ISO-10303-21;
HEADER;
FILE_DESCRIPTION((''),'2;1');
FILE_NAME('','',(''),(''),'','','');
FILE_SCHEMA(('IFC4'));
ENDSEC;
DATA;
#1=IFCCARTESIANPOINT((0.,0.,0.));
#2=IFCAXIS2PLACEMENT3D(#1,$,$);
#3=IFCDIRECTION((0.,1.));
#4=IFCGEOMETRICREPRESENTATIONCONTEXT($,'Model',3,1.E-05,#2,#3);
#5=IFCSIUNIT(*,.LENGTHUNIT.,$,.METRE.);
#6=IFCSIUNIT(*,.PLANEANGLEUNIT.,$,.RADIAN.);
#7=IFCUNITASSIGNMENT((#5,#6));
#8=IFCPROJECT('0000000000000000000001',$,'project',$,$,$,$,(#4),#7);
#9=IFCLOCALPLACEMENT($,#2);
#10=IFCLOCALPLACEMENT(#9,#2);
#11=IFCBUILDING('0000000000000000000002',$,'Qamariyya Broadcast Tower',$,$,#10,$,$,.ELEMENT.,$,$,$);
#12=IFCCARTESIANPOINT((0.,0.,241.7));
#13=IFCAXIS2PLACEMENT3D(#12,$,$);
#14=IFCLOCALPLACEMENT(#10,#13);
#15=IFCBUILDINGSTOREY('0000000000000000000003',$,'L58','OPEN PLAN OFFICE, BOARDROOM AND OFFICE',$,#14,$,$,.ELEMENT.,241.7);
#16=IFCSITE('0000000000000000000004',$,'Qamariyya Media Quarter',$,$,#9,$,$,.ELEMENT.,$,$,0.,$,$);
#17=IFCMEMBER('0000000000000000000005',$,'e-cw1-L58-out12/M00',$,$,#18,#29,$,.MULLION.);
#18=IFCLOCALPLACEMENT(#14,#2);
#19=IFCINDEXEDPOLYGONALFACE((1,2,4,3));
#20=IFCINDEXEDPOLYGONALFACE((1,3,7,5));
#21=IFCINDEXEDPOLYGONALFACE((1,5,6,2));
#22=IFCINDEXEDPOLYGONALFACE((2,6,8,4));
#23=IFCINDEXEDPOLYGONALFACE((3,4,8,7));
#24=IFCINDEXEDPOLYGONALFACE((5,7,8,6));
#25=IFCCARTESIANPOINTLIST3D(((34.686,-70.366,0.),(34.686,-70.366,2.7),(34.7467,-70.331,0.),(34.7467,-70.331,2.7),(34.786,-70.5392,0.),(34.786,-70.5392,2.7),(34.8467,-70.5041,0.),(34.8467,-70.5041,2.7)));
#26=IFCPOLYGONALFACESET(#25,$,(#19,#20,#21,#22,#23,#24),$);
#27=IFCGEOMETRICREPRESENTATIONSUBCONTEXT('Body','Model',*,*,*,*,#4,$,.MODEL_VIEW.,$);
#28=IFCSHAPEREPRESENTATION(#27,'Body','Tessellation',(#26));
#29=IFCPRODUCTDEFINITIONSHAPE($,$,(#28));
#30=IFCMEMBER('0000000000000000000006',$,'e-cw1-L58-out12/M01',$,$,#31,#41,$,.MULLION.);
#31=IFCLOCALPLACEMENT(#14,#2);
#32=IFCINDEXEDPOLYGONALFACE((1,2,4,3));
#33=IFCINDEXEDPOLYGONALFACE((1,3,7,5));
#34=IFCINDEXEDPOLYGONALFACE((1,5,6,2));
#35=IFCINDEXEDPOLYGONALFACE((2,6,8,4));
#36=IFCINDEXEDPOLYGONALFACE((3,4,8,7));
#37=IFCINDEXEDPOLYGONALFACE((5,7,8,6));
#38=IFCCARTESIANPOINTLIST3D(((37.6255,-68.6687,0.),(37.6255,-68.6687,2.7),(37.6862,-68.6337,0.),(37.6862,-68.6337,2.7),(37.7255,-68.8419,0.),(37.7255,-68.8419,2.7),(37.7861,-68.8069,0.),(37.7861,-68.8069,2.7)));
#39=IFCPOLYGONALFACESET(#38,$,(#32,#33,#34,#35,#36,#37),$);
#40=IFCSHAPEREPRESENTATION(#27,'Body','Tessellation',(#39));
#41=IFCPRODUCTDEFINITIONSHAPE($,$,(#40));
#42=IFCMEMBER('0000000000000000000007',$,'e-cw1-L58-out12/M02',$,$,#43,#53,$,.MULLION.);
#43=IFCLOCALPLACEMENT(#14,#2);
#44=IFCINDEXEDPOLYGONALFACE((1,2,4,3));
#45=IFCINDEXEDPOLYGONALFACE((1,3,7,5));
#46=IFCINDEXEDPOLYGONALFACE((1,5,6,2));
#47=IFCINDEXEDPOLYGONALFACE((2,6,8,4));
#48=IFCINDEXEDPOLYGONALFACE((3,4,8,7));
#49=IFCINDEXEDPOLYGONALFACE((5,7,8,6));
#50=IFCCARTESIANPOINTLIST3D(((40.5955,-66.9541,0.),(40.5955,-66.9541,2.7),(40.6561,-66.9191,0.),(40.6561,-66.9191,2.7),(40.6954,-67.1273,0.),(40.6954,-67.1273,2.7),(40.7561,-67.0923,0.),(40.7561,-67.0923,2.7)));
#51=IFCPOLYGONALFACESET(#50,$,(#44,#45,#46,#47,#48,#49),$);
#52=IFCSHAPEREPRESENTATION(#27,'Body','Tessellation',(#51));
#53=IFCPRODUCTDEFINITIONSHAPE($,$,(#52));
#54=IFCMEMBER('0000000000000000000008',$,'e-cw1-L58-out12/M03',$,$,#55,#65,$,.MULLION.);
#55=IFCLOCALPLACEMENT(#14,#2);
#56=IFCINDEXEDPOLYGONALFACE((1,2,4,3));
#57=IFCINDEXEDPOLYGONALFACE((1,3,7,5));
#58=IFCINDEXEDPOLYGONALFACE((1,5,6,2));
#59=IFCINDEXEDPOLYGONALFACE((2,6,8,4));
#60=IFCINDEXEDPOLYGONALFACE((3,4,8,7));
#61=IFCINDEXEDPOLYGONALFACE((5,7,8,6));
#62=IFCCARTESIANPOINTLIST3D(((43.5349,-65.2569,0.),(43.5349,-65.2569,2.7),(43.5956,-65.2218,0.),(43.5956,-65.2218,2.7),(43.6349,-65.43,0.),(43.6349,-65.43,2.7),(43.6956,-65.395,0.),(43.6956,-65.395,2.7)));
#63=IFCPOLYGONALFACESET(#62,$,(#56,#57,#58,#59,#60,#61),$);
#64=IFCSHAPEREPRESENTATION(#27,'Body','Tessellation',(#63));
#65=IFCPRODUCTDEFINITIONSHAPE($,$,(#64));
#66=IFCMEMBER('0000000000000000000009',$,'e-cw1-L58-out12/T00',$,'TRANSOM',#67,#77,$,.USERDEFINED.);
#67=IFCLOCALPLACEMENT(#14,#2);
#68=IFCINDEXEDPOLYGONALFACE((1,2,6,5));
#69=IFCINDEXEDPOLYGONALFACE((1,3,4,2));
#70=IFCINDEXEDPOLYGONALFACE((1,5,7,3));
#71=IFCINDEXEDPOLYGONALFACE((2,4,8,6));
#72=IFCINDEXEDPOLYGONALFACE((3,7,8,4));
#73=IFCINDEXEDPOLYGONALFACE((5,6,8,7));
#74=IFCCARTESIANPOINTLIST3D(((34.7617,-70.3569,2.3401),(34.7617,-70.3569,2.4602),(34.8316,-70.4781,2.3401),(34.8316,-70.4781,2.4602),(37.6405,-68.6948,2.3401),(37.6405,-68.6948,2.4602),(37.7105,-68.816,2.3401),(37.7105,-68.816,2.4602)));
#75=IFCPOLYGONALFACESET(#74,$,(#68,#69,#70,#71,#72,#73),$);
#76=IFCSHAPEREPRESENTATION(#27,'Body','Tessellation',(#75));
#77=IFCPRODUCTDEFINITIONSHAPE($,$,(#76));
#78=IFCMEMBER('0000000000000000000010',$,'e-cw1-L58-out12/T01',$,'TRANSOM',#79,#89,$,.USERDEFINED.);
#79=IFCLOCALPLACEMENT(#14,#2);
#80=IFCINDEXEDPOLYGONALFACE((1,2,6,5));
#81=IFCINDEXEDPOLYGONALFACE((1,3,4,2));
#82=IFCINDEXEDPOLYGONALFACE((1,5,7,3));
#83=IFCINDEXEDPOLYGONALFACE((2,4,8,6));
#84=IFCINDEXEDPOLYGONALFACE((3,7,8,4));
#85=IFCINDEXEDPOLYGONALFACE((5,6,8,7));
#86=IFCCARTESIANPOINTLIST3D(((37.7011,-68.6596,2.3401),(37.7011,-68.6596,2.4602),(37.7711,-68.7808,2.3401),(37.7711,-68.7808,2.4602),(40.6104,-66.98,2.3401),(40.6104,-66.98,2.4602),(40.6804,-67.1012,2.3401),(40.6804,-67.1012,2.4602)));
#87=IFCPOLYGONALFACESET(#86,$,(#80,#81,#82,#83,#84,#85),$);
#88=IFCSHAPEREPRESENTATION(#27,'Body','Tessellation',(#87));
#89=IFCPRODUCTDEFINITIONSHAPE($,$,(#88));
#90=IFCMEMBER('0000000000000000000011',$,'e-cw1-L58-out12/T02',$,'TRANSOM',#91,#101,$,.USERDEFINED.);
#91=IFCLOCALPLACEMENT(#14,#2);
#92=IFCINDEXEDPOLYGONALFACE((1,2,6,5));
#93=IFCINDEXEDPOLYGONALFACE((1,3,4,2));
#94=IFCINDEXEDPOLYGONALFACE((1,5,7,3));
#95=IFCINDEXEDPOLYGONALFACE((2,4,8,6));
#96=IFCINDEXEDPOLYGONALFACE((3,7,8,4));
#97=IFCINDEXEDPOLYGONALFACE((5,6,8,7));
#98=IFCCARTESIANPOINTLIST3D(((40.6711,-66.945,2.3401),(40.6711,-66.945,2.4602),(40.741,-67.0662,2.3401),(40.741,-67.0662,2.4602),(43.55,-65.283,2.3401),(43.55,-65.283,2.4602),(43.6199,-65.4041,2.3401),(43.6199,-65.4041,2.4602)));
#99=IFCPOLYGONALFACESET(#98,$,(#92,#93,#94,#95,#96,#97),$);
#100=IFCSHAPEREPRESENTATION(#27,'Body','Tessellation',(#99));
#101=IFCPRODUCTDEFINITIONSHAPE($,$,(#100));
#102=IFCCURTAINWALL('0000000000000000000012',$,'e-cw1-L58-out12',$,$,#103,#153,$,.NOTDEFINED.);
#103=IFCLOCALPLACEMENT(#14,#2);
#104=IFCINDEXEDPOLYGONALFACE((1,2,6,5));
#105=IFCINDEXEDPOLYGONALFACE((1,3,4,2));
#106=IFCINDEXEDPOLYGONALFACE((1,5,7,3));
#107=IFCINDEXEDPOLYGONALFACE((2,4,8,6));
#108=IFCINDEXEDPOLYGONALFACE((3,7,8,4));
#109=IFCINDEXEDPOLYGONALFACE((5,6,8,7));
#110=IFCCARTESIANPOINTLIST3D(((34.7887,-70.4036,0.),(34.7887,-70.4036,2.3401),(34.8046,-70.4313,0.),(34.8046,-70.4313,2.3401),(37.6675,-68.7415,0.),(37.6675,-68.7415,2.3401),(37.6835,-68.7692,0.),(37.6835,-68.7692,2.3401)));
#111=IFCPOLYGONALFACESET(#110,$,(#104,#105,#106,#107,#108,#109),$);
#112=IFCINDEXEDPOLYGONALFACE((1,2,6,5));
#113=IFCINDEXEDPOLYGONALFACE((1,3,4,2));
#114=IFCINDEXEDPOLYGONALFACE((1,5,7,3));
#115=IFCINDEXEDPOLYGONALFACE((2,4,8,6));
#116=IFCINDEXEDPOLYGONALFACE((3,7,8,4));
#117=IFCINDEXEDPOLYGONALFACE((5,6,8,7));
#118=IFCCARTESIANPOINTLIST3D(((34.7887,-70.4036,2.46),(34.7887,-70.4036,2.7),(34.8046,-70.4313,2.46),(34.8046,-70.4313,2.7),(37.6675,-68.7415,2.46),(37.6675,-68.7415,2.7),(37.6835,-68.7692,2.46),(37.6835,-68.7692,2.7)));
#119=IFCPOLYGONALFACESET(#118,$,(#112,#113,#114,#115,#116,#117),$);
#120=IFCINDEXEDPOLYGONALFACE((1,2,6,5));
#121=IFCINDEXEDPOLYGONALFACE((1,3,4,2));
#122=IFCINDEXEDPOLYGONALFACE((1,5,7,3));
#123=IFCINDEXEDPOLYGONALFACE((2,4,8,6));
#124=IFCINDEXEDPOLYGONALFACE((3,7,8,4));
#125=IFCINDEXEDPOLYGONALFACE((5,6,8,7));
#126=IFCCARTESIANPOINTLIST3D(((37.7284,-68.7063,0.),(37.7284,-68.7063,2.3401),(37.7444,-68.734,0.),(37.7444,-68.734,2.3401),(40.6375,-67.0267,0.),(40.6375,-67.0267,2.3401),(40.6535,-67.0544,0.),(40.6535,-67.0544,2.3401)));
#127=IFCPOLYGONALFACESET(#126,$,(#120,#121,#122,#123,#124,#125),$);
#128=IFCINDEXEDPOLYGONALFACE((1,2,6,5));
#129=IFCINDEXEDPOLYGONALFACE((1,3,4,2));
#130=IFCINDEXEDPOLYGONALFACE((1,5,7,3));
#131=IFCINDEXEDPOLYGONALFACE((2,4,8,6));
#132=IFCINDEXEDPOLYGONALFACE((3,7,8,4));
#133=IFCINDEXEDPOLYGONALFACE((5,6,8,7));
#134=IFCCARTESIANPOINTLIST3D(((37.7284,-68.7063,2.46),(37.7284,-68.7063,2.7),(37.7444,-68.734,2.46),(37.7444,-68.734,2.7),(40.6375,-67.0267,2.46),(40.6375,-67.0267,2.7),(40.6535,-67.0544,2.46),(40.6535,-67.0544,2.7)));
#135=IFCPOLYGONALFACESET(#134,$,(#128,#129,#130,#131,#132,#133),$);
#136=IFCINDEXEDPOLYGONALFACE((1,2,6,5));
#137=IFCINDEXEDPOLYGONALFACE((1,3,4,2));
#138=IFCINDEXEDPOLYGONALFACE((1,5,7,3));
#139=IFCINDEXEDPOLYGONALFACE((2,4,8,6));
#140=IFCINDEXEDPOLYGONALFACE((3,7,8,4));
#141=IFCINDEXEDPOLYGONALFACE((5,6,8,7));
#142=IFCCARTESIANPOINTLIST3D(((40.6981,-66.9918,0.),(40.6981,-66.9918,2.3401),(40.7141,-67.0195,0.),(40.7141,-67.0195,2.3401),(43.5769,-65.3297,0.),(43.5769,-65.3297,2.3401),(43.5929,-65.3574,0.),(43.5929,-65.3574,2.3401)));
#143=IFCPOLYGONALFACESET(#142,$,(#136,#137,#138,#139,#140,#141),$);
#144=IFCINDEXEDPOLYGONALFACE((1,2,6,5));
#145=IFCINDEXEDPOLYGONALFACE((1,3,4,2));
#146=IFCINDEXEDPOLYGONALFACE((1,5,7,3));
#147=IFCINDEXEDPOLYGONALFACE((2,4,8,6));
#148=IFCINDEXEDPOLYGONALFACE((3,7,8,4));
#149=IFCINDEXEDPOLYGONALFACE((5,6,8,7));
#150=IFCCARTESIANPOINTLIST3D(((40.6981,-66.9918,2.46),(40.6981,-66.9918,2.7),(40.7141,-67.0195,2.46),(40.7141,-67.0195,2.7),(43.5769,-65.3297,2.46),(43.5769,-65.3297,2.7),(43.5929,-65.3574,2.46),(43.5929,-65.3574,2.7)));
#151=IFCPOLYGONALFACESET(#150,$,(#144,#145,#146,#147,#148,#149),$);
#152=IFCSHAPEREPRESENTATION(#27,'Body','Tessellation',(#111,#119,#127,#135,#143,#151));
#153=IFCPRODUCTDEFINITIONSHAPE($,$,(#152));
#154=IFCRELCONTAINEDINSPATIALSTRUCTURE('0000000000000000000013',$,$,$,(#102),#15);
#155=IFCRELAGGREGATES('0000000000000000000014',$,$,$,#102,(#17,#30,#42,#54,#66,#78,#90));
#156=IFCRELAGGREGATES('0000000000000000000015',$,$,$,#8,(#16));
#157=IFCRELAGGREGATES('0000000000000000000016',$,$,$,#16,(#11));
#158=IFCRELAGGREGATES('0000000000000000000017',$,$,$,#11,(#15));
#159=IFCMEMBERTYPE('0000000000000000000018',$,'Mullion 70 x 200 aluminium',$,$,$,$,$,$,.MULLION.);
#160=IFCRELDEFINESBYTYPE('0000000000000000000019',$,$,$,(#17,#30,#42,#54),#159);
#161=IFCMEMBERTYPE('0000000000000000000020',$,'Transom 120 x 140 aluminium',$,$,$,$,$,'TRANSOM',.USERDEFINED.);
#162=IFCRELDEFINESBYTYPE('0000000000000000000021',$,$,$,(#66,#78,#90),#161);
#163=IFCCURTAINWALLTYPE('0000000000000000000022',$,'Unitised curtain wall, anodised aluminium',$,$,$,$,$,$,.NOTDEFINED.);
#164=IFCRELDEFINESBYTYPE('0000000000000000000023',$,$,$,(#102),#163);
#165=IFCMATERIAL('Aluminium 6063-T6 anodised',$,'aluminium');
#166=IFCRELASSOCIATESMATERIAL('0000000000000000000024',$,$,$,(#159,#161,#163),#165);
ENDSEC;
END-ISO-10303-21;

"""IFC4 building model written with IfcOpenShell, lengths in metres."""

from ifc_helpers import new_model, si_unit, direction, frame, origin, origin_2d, place, context, subcontext, project, spatial, rectangle, extrude, material, material_profile, profile_set, type_object, element, aggregate, save


model = new_model("IFC4")

# Units and contexts
model_context = context("Model", 3, precision=1e-05, world=origin(), true_north=direction((0.0, 1.0)))
body_context = subcontext(model_context, "Body", "Model", "MODEL_VIEW")
ifc_project = project(units=[si_unit("LENGTHUNIT", "METRE"), si_unit("PLANEANGLEUNIT", "RADIAN")], contexts=[model_context])

# Members
ifc_material = material(Name="Aluminium 6063-T6 anodised", Category="aluminium")
ifc_material_profile_1 = material_profile(ifc_material, rectangle(XDim=0.2, YDim=0.0701, at=origin_2d()))
ifc_profile_set_1 = profile_set([ifc_material_profile_1], Name="Aluminium 6063-T6 anodised")
member_type_1 = type_object("IfcMemberType", Name="Mullion 70 x 200 aluminium", PredefinedType="MULLION", material=ifc_profile_set_1)
site_placement = place(None, origin())
building_placement = place(site_placement, origin())
storey_placement = place(building_placement, frame((0.0, 0.0, 241.7)))
member_1_placement = place(storey_placement, frame((34.7664, -70.4351, 0.0), z_axis=(0.0, 0.0, 1.0), x_axis=(-0.5, 0.866025, 0.0)))
member_1 = element("IfcMember", 1, at=member_1_placement, type_object=member_type_1, Name="e-cw1-L58-out12/M00", PredefinedType="MULLION", context=body_context, shape_type="SweptSolid", body=[
    extrude(rectangle(XDim=0.2, YDim=0.0701, at=origin_2d()), origin(), (0.0, 0.0, 1.0), 2.7),
])
member_2_placement = place(storey_placement, frame((37.7058, -68.7378, 0.0), z_axis=(0.0, 0.0, 1.0), x_axis=(-0.5, 0.866025, 0.0)))
member_2 = element("IfcMember", 2, at=member_2_placement, type_object=member_type_1, Name="e-cw1-L58-out12/M01", PredefinedType="MULLION", context=body_context, shape_type="SweptSolid", body=[
    extrude(rectangle(XDim=0.2, YDim=0.0701, at=origin_2d()), origin(), (0.0, 0.0, 1.0), 2.7),
])
member_3_placement = place(storey_placement, frame((40.6758, -67.0232, 0.0), z_axis=(0.0, 0.0, 1.0), x_axis=(-0.5, 0.866025, 0.0)))
member_3 = element("IfcMember", 3, at=member_3_placement, type_object=member_type_1, Name="e-cw1-L58-out12/M02", PredefinedType="MULLION", context=body_context, shape_type="SweptSolid", body=[
    extrude(rectangle(XDim=0.2, YDim=0.0701, at=origin_2d()), origin(), (0.0, 0.0, 1.0), 2.7),
])
member_4_placement = place(storey_placement, frame((43.6152, -65.3259, 0.0), z_axis=(0.0, 0.0, 1.0), x_axis=(-0.5, 0.866025, 0.0)))
member_4 = element("IfcMember", 4, at=member_4_placement, type_object=member_type_1, Name="e-cw1-L58-out12/M03", PredefinedType="MULLION", context=body_context, shape_type="SweptSolid", body=[
    extrude(rectangle(XDim=0.2, YDim=0.0701, at=origin_2d()), origin(), (0.0, 0.0, 1.0), 2.7),
])
ifc_material_profile_2 = material_profile(ifc_material, rectangle(XDim=0.1399, YDim=0.1201, at=origin_2d()))
ifc_profile_set_2 = profile_set([ifc_material_profile_2], Name="Aluminium 6063-T6 anodised")
member_type_2 = type_object("IfcMemberType", Name="Transom 120 x 140 aluminium", ElementType="TRANSOM", PredefinedType="USERDEFINED", material=ifc_profile_set_2)
member_5_placement = place(storey_placement, frame((34.7966, -70.4175, 2.4001), z_axis=(0.866029, 0.499994, 0.0), x_axis=(-0.499994, 0.866029, 0.0)))
member_5 = element("IfcMember", 5, at=member_5_placement, type_object=member_type_2, Name="e-cw1-L58-out12/T00", ObjectType="TRANSOM", PredefinedType="USERDEFINED", context=body_context, shape_type="SweptSolid", body=[
    extrude(rectangle(XDim=0.1399, YDim=0.1201, at=origin_2d()), origin(), (0.0, 0.0, 1.0), 3.3242),
])
member_6_placement = place(storey_placement, frame((37.7361, -68.7202, 2.4001), z_axis=(0.866034, 0.499985, 0.0), x_axis=(-0.499985, 0.866034, 0.0)))
member_6 = element("IfcMember", 6, at=member_6_placement, type_object=member_type_2, Name="e-cw1-L58-out12/T01", ObjectType="TRANSOM", PredefinedType="USERDEFINED", context=body_context, shape_type="SweptSolid", body=[
    extrude(rectangle(XDim=0.1399, YDim=0.1201, at=origin_2d()), origin(), (0.0, 0.0, 1.0), 3.3594),
])
member_7_placement = place(storey_placement, frame((40.7061, -67.0056, 2.4001), z_axis=(0.866029, 0.499994, 0.0), x_axis=(-0.499994, 0.866029, 0.0)))
member_7 = element("IfcMember", 7, at=member_7_placement, type_object=member_type_2, Name="e-cw1-L58-out12/T02", ObjectType="TRANSOM", PredefinedType="USERDEFINED", context=body_context, shape_type="SweptSolid", body=[
    extrude(rectangle(XDim=0.1399, YDim=0.1201, at=origin_2d()), origin(), (0.0, 0.0, 1.0), 3.3242),
])

# Site, building, storey
site = spatial("IfcSite", under=ifc_project, at=site_placement, Name="Qamariyya Media Quarter", CompositionType="ELEMENT", RefElevation=0.0)
building = spatial("IfcBuilding", under=site, at=building_placement, Name="Qamariyya Broadcast Tower", CompositionType="ELEMENT")
storey = spatial("IfcBuildingStorey", under=building, at=storey_placement, Name="L58", Description="OPEN PLAN OFFICE, BOARDROOM AND OFFICE", CompositionType="ELEMENT", Elevation=241.7)

# Curtain wall
curtain_wall_type = type_object("IfcCurtainWallType", Name="Unitised curtain wall, anodised aluminium", PredefinedType="NOTDEFINED", material=ifc_material)
curtain_wall_1_placement = place(storey_placement, origin())
curtain_wall_1 = element("IfcCurtainWall", 8, at=curtain_wall_1_placement, inside=storey, type_object=curtain_wall_type, Name="e-cw1-L58-out12", PredefinedType="NOTDEFINED", context=body_context, shape_type="SweptSolid", body=[
    extrude(rectangle(XDim=3.3242, YDim=0.032, at=origin_2d()), frame((36.2361, -69.5864, 0.0), x_axis=(0.866028, 0.499996, 0.0)), (0.0, 0.0, 1.0), 2.3401),
    extrude(rectangle(XDim=3.3242, YDim=0.032, at=origin_2d()), frame((36.2361, -69.5864, 2.46), x_axis=(0.866028, 0.499996, 0.0)), (0.0, 0.0, 1.0), 0.24),
    extrude(rectangle(XDim=3.3591, YDim=0.032, at=origin_2d()), frame((39.1909, -67.8804, 0.0), x_axis=(0.866028, 0.499996, 0.0)), (0.0, 0.0, 1.0), 2.3401),
    extrude(rectangle(XDim=3.3591, YDim=0.032, at=origin_2d()), frame((39.1909, -67.8804, 2.46), x_axis=(0.866028, 0.499996, 0.0)), (0.0, 0.0, 1.0), 0.24),
    extrude(rectangle(XDim=3.3242, YDim=0.032, at=origin_2d()), frame((42.1455, -66.1746, 0.0), x_axis=(0.866028, 0.499996, 0.0)), (0.0, 0.0, 1.0), 2.3401),
    extrude(rectangle(XDim=3.3242, YDim=0.032, at=origin_2d()), frame((42.1455, -66.1746, 2.46), x_axis=(0.866028, 0.499996, 0.0)), (0.0, 0.0, 1.0), 0.24),
])
aggregate(curtain_wall_1, [member_1, member_2, member_3, member_4, member_5, member_6, member_7])

save(model, "model.ifc")
